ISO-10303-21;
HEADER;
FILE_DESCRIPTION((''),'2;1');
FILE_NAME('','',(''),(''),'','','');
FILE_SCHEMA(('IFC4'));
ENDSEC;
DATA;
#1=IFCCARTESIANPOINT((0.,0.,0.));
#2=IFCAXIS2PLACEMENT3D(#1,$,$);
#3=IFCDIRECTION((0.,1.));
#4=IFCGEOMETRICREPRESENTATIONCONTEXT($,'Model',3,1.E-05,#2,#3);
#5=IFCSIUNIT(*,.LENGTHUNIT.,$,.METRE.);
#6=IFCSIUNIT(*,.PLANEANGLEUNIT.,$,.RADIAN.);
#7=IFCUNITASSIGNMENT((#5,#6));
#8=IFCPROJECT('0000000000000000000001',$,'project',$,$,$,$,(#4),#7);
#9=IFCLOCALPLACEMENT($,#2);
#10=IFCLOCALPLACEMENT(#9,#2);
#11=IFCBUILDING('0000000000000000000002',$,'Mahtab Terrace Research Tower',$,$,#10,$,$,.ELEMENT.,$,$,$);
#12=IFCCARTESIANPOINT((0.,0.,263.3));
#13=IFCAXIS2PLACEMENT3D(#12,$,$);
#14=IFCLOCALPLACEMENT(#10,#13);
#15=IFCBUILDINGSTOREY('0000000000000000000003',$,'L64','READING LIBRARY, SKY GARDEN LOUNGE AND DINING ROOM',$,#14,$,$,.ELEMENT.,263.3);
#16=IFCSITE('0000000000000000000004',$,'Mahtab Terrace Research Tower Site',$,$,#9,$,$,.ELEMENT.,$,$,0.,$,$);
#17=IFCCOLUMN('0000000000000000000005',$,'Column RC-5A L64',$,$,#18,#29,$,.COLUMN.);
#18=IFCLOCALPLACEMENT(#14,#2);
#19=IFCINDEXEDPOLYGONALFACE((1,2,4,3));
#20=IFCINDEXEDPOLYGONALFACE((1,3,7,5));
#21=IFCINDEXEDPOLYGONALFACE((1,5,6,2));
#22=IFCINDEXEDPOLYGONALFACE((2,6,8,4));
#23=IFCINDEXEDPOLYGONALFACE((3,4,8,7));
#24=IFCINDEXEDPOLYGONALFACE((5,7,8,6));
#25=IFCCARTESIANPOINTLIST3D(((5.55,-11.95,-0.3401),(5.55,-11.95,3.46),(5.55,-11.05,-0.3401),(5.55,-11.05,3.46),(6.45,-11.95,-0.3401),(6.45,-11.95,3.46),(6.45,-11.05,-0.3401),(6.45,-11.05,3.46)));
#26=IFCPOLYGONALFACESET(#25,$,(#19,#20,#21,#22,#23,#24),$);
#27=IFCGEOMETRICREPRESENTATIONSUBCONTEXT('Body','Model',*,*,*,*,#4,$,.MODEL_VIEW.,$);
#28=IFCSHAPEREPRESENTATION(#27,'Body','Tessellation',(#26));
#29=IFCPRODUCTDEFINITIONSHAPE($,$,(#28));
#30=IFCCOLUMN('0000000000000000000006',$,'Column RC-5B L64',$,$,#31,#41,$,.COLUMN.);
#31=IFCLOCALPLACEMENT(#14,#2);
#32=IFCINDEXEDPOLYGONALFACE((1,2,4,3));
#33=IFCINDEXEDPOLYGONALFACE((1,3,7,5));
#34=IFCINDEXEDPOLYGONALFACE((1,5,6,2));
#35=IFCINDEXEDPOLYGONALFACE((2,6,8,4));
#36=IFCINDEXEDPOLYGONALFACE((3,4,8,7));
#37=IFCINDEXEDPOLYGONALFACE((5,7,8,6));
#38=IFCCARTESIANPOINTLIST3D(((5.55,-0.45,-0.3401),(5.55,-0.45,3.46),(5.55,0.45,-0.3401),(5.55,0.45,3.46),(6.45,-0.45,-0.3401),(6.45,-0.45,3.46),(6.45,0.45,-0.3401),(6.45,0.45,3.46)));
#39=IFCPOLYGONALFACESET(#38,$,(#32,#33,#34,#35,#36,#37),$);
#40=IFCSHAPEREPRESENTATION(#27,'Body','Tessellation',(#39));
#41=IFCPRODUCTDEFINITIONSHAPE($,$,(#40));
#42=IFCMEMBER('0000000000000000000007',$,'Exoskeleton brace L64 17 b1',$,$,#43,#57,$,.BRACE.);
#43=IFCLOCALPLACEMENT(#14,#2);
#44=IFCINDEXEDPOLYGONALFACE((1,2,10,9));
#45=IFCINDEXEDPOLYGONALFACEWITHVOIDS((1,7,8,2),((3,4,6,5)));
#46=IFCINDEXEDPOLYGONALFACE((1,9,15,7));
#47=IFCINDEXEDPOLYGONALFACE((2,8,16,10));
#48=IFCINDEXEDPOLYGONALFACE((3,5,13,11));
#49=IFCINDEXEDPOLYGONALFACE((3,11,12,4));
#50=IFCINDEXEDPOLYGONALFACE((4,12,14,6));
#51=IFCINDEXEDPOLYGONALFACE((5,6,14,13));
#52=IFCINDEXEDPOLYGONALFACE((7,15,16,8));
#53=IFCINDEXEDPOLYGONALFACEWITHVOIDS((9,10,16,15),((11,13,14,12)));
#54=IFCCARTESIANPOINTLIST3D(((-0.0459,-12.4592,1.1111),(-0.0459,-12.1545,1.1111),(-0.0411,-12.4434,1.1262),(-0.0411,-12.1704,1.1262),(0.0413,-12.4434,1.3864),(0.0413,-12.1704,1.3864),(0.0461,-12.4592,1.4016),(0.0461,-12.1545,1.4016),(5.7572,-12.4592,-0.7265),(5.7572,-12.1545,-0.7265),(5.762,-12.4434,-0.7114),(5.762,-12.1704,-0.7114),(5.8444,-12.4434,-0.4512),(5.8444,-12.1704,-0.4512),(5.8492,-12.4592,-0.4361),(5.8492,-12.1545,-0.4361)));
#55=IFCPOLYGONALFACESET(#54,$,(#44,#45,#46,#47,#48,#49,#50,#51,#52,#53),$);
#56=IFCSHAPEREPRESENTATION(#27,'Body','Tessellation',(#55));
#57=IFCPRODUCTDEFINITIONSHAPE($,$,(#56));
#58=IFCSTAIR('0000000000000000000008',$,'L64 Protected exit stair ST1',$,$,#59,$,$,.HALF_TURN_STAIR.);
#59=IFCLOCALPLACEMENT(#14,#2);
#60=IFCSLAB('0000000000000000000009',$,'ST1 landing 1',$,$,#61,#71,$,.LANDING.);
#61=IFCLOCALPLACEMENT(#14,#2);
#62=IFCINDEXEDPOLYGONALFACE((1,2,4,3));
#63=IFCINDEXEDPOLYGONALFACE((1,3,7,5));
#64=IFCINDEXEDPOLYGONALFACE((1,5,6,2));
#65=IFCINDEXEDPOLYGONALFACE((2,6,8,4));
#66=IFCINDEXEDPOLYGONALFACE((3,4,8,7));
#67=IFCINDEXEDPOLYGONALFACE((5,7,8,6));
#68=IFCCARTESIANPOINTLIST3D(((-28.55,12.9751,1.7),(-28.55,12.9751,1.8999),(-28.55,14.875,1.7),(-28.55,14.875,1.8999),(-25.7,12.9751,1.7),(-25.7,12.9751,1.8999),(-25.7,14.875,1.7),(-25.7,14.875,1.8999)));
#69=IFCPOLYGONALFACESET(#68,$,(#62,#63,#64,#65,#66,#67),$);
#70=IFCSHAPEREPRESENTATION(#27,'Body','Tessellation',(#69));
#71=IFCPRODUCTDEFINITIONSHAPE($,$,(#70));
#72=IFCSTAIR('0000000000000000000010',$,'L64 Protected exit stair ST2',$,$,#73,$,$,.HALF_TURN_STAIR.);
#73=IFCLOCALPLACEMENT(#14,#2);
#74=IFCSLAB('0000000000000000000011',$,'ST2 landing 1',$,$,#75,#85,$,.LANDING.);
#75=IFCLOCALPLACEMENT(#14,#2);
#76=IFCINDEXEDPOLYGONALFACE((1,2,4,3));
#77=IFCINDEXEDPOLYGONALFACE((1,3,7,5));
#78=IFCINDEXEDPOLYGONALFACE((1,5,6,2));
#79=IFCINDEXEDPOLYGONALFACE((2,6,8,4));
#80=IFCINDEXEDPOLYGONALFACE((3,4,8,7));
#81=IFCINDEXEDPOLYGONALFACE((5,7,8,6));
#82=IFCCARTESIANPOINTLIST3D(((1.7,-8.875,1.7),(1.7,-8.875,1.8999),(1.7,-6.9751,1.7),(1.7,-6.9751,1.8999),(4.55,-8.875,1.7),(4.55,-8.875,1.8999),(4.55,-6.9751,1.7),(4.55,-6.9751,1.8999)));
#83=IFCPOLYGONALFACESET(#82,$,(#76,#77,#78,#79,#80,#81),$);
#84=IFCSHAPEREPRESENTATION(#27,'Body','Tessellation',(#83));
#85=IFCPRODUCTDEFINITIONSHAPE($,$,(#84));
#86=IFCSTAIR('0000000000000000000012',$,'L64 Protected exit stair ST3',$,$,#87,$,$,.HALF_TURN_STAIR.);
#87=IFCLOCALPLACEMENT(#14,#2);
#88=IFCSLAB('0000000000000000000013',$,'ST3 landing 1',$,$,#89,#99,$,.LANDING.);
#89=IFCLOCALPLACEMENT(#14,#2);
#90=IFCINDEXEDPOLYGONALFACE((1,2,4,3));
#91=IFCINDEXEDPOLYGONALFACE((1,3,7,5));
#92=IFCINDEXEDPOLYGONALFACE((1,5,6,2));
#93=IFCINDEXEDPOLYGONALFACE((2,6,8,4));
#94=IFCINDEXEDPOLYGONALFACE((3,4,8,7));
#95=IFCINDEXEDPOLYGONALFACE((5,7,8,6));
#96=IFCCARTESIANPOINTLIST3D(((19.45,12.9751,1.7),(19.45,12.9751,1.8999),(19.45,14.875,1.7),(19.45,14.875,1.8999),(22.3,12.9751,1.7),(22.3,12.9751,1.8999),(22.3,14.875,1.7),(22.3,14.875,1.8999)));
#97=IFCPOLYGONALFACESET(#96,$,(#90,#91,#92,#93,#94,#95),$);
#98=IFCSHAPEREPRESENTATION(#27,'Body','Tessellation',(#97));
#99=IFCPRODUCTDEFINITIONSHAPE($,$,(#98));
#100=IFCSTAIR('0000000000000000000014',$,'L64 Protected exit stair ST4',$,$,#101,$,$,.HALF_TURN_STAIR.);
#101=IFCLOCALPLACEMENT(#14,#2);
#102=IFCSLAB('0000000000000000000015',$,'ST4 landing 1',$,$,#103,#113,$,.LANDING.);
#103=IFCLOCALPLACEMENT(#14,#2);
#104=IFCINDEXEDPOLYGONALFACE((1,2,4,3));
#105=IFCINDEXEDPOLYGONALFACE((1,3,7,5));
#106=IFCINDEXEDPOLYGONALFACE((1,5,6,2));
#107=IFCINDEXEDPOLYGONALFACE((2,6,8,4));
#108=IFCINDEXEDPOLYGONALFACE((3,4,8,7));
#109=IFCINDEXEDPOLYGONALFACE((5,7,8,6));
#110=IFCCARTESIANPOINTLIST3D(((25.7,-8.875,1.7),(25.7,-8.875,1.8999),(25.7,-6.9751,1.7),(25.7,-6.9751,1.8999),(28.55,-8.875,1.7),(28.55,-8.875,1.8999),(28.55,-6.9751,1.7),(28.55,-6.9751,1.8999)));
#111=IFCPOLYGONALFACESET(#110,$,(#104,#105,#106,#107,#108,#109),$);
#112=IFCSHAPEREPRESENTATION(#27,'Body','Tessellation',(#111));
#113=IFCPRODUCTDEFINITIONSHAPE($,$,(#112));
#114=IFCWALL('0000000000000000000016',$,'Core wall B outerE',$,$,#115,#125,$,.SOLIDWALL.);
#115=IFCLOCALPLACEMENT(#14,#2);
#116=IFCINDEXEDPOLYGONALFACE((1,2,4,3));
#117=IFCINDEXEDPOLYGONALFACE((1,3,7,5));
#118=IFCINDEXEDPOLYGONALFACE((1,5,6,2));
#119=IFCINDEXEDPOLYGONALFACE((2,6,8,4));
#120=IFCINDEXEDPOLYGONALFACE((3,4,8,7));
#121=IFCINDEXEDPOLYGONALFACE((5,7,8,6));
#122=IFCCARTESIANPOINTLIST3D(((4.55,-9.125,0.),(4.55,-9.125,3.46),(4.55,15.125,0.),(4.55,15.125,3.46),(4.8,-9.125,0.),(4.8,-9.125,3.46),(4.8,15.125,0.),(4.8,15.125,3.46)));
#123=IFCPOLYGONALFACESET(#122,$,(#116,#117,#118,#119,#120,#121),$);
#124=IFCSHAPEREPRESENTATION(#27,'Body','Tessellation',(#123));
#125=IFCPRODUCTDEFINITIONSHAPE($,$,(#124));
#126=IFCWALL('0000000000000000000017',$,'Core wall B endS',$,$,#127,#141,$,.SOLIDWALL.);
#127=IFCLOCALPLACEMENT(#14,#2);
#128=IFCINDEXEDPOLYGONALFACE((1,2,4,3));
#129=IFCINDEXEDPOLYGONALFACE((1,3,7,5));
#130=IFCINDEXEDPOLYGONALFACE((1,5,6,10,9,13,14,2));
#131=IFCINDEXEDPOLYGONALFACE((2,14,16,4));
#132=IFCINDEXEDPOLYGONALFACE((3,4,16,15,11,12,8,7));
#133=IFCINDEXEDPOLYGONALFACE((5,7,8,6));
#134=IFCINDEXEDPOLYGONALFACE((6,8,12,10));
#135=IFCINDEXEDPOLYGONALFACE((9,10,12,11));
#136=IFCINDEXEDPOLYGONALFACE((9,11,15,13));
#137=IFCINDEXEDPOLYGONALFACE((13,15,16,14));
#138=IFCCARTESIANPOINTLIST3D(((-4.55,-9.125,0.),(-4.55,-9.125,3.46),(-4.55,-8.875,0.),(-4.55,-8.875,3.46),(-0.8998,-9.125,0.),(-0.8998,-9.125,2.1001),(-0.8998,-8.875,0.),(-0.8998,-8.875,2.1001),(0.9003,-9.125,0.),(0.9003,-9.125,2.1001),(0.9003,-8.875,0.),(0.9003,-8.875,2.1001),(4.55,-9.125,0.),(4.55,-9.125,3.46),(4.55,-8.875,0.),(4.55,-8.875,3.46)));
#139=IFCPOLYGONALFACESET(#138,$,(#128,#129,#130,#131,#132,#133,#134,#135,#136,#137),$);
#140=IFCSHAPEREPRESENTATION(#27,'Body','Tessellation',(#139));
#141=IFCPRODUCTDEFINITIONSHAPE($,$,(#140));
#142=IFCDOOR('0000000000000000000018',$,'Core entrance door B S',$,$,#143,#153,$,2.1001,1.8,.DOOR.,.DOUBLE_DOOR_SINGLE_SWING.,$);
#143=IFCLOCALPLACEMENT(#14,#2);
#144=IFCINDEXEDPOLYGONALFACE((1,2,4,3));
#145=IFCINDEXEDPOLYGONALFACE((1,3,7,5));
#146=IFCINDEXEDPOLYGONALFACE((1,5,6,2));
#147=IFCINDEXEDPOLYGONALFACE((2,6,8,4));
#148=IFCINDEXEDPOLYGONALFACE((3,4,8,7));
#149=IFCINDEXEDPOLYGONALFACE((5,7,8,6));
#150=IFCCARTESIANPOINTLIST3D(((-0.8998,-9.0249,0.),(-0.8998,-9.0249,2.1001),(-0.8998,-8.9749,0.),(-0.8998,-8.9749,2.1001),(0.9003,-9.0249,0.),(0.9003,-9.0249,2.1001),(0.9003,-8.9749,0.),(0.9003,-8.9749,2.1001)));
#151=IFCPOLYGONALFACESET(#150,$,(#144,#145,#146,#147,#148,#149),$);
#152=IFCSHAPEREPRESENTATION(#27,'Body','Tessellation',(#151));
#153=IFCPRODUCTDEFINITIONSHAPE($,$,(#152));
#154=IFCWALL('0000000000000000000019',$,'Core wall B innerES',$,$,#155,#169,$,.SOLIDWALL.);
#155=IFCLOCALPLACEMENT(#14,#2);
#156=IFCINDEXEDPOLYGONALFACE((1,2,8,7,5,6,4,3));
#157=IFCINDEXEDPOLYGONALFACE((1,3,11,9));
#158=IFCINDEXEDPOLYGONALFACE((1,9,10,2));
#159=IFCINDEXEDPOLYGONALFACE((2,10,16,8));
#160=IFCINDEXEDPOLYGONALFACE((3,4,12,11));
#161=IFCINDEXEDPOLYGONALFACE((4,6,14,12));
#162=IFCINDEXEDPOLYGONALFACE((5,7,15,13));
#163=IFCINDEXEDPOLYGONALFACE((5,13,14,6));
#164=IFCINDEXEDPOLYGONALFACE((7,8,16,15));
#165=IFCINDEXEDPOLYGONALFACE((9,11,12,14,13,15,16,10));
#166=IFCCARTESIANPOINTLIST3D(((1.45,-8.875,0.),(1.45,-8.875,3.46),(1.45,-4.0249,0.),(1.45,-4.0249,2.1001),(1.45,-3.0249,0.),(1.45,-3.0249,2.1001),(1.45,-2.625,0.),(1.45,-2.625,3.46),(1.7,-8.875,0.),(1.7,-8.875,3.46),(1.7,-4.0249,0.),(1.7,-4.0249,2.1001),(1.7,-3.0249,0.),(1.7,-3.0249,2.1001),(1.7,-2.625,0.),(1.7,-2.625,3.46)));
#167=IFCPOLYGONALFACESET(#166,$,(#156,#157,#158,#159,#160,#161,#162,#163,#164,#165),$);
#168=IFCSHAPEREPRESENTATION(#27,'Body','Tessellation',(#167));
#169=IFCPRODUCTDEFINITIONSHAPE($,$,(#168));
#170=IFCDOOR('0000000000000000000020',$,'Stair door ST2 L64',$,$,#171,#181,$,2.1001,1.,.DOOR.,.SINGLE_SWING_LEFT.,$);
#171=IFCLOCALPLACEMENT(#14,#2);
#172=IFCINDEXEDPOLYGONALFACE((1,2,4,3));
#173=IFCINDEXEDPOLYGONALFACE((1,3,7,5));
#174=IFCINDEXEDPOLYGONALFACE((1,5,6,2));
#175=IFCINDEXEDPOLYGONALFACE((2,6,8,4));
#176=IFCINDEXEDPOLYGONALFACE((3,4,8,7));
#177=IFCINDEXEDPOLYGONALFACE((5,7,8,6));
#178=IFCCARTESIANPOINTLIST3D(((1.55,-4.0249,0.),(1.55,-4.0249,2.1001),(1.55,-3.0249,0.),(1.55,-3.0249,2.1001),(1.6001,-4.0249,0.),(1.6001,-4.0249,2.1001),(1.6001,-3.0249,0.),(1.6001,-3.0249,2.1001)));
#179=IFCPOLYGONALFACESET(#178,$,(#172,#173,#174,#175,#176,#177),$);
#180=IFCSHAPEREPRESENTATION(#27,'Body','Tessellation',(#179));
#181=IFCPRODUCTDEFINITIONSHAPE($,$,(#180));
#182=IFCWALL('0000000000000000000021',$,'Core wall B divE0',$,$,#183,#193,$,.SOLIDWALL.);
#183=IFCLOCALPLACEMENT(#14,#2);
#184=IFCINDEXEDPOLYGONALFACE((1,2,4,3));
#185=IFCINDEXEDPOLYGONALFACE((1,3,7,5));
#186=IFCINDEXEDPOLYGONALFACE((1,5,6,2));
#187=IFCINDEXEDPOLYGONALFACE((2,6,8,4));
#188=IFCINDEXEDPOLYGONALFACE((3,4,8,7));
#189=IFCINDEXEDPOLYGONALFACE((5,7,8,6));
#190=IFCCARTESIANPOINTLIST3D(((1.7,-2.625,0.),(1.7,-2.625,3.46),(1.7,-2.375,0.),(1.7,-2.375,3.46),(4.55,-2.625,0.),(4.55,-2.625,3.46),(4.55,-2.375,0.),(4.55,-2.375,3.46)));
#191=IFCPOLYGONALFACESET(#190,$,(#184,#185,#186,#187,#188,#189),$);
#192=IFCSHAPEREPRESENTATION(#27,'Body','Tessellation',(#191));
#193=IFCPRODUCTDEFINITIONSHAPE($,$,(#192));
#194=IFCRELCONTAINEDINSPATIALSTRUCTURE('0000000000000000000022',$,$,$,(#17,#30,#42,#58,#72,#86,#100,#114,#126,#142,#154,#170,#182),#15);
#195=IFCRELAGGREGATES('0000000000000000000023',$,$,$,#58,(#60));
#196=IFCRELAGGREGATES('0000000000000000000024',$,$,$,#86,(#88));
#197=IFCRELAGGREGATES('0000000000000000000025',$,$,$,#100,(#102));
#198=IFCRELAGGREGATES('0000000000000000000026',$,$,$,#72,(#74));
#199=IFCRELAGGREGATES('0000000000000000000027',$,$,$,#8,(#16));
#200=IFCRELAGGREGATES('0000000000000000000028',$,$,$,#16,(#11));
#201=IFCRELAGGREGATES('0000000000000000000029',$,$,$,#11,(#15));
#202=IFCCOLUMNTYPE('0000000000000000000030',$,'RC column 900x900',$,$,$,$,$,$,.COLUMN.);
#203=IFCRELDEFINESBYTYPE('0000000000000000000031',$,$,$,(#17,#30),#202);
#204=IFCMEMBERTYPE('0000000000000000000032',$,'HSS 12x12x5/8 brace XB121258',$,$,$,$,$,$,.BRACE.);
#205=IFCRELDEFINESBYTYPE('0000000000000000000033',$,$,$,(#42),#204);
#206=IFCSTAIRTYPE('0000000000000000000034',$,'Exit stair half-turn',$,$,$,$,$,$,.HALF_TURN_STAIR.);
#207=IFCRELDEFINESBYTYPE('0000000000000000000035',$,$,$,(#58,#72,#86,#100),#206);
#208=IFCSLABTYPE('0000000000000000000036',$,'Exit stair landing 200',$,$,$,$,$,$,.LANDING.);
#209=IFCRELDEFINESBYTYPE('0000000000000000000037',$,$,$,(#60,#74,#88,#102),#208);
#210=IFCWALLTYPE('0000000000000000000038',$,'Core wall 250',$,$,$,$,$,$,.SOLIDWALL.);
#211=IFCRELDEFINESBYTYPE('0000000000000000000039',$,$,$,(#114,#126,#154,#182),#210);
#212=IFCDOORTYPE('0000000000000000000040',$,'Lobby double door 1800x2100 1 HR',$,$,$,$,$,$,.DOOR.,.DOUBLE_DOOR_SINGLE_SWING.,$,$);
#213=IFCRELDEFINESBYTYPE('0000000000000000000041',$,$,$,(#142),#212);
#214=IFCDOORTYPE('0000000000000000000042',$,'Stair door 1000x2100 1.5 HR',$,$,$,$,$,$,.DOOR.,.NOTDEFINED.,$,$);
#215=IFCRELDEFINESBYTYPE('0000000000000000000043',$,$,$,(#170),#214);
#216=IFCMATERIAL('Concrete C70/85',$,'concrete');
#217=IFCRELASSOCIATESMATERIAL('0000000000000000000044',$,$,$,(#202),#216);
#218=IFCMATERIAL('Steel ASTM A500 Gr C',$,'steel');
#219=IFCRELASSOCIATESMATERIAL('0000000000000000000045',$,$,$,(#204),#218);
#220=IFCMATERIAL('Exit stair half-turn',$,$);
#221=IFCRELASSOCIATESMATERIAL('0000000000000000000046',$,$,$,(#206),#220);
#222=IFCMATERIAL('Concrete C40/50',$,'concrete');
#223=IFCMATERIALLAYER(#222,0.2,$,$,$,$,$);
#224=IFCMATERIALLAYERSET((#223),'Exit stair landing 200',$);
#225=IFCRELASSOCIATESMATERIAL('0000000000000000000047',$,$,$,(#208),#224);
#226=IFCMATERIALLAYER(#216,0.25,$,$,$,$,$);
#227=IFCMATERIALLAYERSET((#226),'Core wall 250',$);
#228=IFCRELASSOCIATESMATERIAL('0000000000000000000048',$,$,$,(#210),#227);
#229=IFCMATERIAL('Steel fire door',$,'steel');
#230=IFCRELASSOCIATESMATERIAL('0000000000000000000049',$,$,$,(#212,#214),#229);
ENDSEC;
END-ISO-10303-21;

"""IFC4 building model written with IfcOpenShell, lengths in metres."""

from ifc_helpers import new_model, si_unit, direction, frame, frame_2d, origin, origin_2d, place, context, subcontext, project, spatial, polyline, rectangle, hollow_rectangle, outline, extrude, material, layer, layer_set, material_profile, profile_set, type_object, element, fill, aggregate, save


model = new_model("IFC4")

# Units and contexts
model_context = context("Model", 3, precision=1e-05, world=origin(), true_north=direction((0.0, 1.0)))
body_context = subcontext(model_context, "Body", "Model", "MODEL_VIEW")
ifc_project = project(units=[si_unit("LENGTHUNIT", "METRE"), si_unit("PLANEANGLEUNIT", "RADIAN")], contexts=[model_context])

# Site, building, storey
site_placement = place(None, origin())
site = spatial("IfcSite", under=ifc_project, at=site_placement, Name="Mahtab Terrace Research Tower Site", CompositionType="ELEMENT", RefElevation=0.0)
building_placement = place(site_placement, origin())
building = spatial("IfcBuilding", under=site, at=building_placement, Name="Mahtab Terrace Research Tower", CompositionType="ELEMENT")
storey_placement = place(building_placement, frame((0.0, 0.0, 263.3)))
storey = spatial("IfcBuildingStorey", under=building, at=storey_placement, Name="L64", Description="READING LIBRARY, SKY GARDEN LOUNGE AND DINING ROOM", CompositionType="ELEMENT", Elevation=263.3)

# Columns
ifc_material_1 = material(Name="Concrete C70/85", Category="concrete")
ifc_material_profile_1 = material_profile(ifc_material_1, rectangle(XDim=0.8999, YDim=0.8999, at=origin_2d()), Name="RC column 900x900")
ifc_profile_set_1 = profile_set([ifc_material_profile_1], Name="Concrete C70/85")
column_type = type_object("IfcColumnType", Name="RC column 900x900", PredefinedType="COLUMN", material=ifc_profile_set_1)
for number, where, z_axis, x_axis, name in (
    (1, (6.0, -11.5, -0.3401), (0.0, 0.0, 1.0), (1.0, 0.0, 0.0), "Column RC-5A L64"),
    (2, (6.0, 0.0, -0.3401), (0.0, 0.0, 1.0), (1.0, 0.0, 0.0), "Column RC-5B L64"),
):
    element("IfcColumn", number, at=place(storey_placement, frame(where, z_axis=z_axis, x_axis=x_axis)), inside=storey, type_object=column_type, Name=name, PredefinedType="COLUMN", context=body_context, shape_type="SweptSolid", body=[
        extrude(rectangle(XDim=0.8999, YDim=0.8999, at=origin_2d()), origin(), (0.0, 0.0, 1.0), 3.8),
    ])

# Member
ifc_material_2 = material(Name="Steel ASTM A500 Gr C", Category="steel")
ifc_material_profile_2 = material_profile(ifc_material_2, hollow_rectangle(XDim=0.3047, YDim=0.3047, WallThickness=0.0159, at=origin_2d()), Name="HSS12X12X5/8")
ifc_profile_set_2 = profile_set([ifc_material_profile_2], Name="Steel ASTM A500 Gr C")
member_type = type_object("IfcMemberType", Name="HSS 12x12x5/8 brace XB121258", PredefinedType="BRACE", material=ifc_profile_set_2)
member_placement = place(storey_placement, frame((5.8032, -12.3069, -0.5813), z_axis=(-0.953344, 0.0, 0.301886), x_axis=(0.0, -1.0, 0.0)))
element("IfcMember", 3, at=member_placement, inside=storey, type_object=member_type, Name="Exoskeleton brace L64 17 b1", PredefinedType="BRACE", context=body_context, shape_type="SweptSolid", body=[
    extrude(hollow_rectangle(XDim=0.3047, YDim=0.3047, WallThickness=0.0159, at=origin_2d()), origin(), (0.0, 0.0, 1.0), 6.0872),
])

# Stairs, slabs
ifc_material_3 = material(Name="Exit stair half-turn")
stair_type = type_object("IfcStairType", Name="Exit stair half-turn", PredefinedType="HALF_TURN_STAIR", material=ifc_material_3)
stair_1_placement = place(storey_placement, origin())
stair_1 = element("IfcStair", 4, at=stair_1_placement, inside=storey, type_object=stair_type, Name="L64 Protected exit stair ST1", PredefinedType="HALF_TURN_STAIR")
ifc_material_4 = material(Name="Concrete C40/50", Category="concrete")
ifc_layer_1 = layer(ifc_material_4, 0.2)
ifc_layer_set_1 = layer_set([ifc_layer_1], Name="Exit stair landing 200")
slab_type = type_object("IfcSlabType", Name="Exit stair landing 200", PredefinedType="LANDING", material=ifc_layer_set_1)
slab_1_placement = place(storey_placement, frame((0.0, 0.0, 1.7)))
slab_1 = element("IfcSlab", 5, at=slab_1_placement, type_object=slab_type, Name="ST1 landing 1", PredefinedType="LANDING", context=body_context, shape_type="SweptSolid", body=[
    extrude(outline(polyline([(-25.7, 12.9751), (-25.7, 14.875), (-28.55, 14.875), (-28.55, 12.9751), (-25.7, 12.9751)])), origin(), (0.0, 0.0, 1.0), 0.2),
])
aggregate(stair_1, [slab_1])
stair_2_placement = place(storey_placement, origin())
stair_2 = element("IfcStair", 6, at=stair_2_placement, inside=storey, type_object=stair_type, Name="L64 Protected exit stair ST2", PredefinedType="HALF_TURN_STAIR")
slab_2_placement = place(storey_placement, frame((0.0, 0.0, 1.7)))
slab_2 = element("IfcSlab", 7, at=slab_2_placement, type_object=slab_type, Name="ST2 landing 1", PredefinedType="LANDING", context=body_context, shape_type="SweptSolid", body=[
    extrude(outline(polyline([(1.7, -6.9751), (1.7, -8.875), (4.55, -8.875), (4.55, -6.9751), (1.7, -6.9751)])), origin(), (0.0, 0.0, 1.0), 0.2),
])
stair_3_placement = place(storey_placement, origin())
stair_3 = element("IfcStair", 8, at=stair_3_placement, inside=storey, type_object=stair_type, Name="L64 Protected exit stair ST3", PredefinedType="HALF_TURN_STAIR")
slab_3_placement = place(storey_placement, frame((0.0, 0.0, 1.7)))
slab_3 = element("IfcSlab", 9, at=slab_3_placement, type_object=slab_type, Name="ST3 landing 1", PredefinedType="LANDING", context=body_context, shape_type="SweptSolid", body=[
    extrude(outline(polyline([(22.3, 12.9751), (22.3, 14.875), (19.45, 14.875), (19.45, 12.9751), (22.3, 12.9751)])), origin(), (0.0, 0.0, 1.0), 0.2),
])
aggregate(stair_3, [slab_3])
stair_4_placement = place(storey_placement, origin())
stair_4 = element("IfcStair", 10, at=stair_4_placement, inside=storey, type_object=stair_type, Name="L64 Protected exit stair ST4", PredefinedType="HALF_TURN_STAIR")
slab_4_placement = place(storey_placement, frame((0.0, 0.0, 1.7)))
slab_4 = element("IfcSlab", 11, at=slab_4_placement, type_object=slab_type, Name="ST4 landing 1", PredefinedType="LANDING", context=body_context, shape_type="SweptSolid", body=[
    extrude(outline(polyline([(25.7, -6.9751), (25.7, -8.875), (28.55, -8.875), (28.55, -6.9751), (25.7, -6.9751)])), origin(), (0.0, 0.0, 1.0), 0.2),
])
aggregate(stair_4, [slab_4])

# Wall
ifc_layer_2 = layer(ifc_material_1, 0.25)
ifc_layer_set_2 = layer_set([ifc_layer_2], Name="Core wall 250")
wall_type = type_object("IfcWallType", Name="Core wall 250", PredefinedType="SOLIDWALL", material=ifc_layer_set_2)
wall_1_placement = place(storey_placement, frame((4.675, -9.125, 0.0), z_axis=(0.0, 0.0, 1.0), x_axis=(0.0, 1.0, 0.0)))
element("IfcWall", 12, at=wall_1_placement, inside=storey, type_object=wall_type, Name="Core wall B outerE", PredefinedType="SOLIDWALL", context=body_context, shape_type="SweptSolid", body=[
    extrude(rectangle(XDim=24.25, YDim=0.25, at=frame_2d((12.125, 0.0))), origin(), (0.0, 0.0, 1.0), 3.46),
])

# Walls, openings, doors
wall_2_placement = place(storey_placement, frame((4.55, -9.0, 0.0), z_axis=(0.0, 0.0, 1.0), x_axis=(-1.0, 0.0, 0.0)))
wall_2 = element("IfcWall", 13, at=wall_2_placement, inside=storey, type_object=wall_type, Name="Core wall B endS", PredefinedType="SOLIDWALL", context=body_context, shape_type="SweptSolid", body=[
    extrude(rectangle(XDim=9.1001, YDim=0.25, at=frame_2d((4.55, 0.0))), origin(), (0.0, 0.0, 1.0), 3.46),
])
opening_1_placement = place(wall_2_placement, frame((3.6499, 0.0, 0.0)))
opening_1 = element("IfcOpeningElement", 14, at=opening_1_placement, cuts=wall_2, PredefinedType="OPENING", context=body_context, shape_type="SweptSolid", body=[
    extrude(rectangle(XDim=1.8, YDim=2.1001, at=frame_2d((0.8999, 1.05))), frame((0.0, 0.135, 0.0), z_axis=(0.0, -1.0, 0.0), x_axis=(1.0, 0.0, 0.0)), (0.0, 0.0, 1.0), 0.27),
])
ifc_material_5 = material(Name="Steel fire door", Category="steel")
door_type_1 = type_object("IfcDoorType", Name="Lobby double door 1800x2100 1 HR", OperationType="DOUBLE_DOOR_SINGLE_SWING", PredefinedType="DOOR", material=ifc_material_5)
door_1_placement = place(opening_1_placement, origin())
door_1 = element("IfcDoor", 15, at=door_1_placement, inside=storey, type_object=door_type_1, Name="Core entrance door B S", OperationType="DOUBLE_DOOR_SINGLE_SWING", OverallHeight=2.1001, OverallWidth=1.8, PredefinedType="DOOR", context=body_context, shape_type="SweptSolid", body=[
    extrude(rectangle(XDim=1.8, YDim=2.1001, at=frame_2d((0.8999, 1.05))), frame((0.0, 0.0249, 0.0), z_axis=(0.0, -1.0, 0.0), x_axis=(1.0, 0.0, 0.0)), (0.0, 0.0, 1.0), 0.05),
])
fill(opening_1, door_1)
wall_3_placement = place(storey_placement, frame((1.575, -8.875, 0.0), z_axis=(0.0, 0.0, 1.0), x_axis=(0.0, 1.0, 0.0)))
wall_3 = element("IfcWall", 16, at=wall_3_placement, inside=storey, type_object=wall_type, Name="Core wall B innerES", PredefinedType="SOLIDWALL", context=body_context, shape_type="SweptSolid", body=[
    extrude(rectangle(XDim=6.25, YDim=0.25, at=frame_2d((3.125, 0.0))), origin(), (0.0, 0.0, 1.0), 3.46),
])
opening_2_placement = place(wall_3_placement, frame((4.8501, 0.0, 0.0)))
opening_2 = element("IfcOpeningElement", 17, at=opening_2_placement, cuts=wall_3, PredefinedType="OPENING", context=body_context, shape_type="SweptSolid", body=[
    extrude(rectangle(XDim=1.0, YDim=2.1001, at=frame_2d((0.5, 1.05))), frame((0.0, 0.135, 0.0), z_axis=(0.0, -1.0, 0.0), x_axis=(1.0, 0.0, 0.0)), (0.0, 0.0, 1.0), 0.27),
])
door_type_2 = type_object("IfcDoorType", Name="Stair door 1000x2100 1.5 HR", OperationType="NOTDEFINED", PredefinedType="DOOR", material=ifc_material_5)
door_2_placement = place(opening_2_placement, origin())
door_2 = element("IfcDoor", 18, at=door_2_placement, inside=storey, type_object=door_type_2, Name="Stair door ST2 L64", OperationType="SINGLE_SWING_LEFT", OverallHeight=2.1001, OverallWidth=1.0, PredefinedType="DOOR", context=body_context, shape_type="SweptSolid", body=[
    extrude(rectangle(XDim=1.0, YDim=2.1001, at=frame_2d((0.5, 1.05))), frame((0.0, 0.0249, 0.0), z_axis=(0.0, -1.0, 0.0), x_axis=(1.0, 0.0, 0.0)), (0.0, 0.0, 1.0), 0.05),
])
fill(opening_2, door_2)

# Wall
wall_4_placement = place(storey_placement, frame((1.7, -2.5, 0.0), z_axis=(0.0, 0.0, 1.0), x_axis=(1.0, 0.0, 0.0)))
element("IfcWall", 19, at=wall_4_placement, inside=storey, type_object=wall_type, Name="Core wall B divE0", PredefinedType="SOLIDWALL", context=body_context, shape_type="SweptSolid", body=[
    extrude(rectangle(XDim=2.8501, YDim=0.25, at=frame_2d((1.425, 0.0))), origin(), (0.0, 0.0, 1.0), 3.46),
])

aggregate(stair_2, [slab_2])

save(model, "model.ifc")
